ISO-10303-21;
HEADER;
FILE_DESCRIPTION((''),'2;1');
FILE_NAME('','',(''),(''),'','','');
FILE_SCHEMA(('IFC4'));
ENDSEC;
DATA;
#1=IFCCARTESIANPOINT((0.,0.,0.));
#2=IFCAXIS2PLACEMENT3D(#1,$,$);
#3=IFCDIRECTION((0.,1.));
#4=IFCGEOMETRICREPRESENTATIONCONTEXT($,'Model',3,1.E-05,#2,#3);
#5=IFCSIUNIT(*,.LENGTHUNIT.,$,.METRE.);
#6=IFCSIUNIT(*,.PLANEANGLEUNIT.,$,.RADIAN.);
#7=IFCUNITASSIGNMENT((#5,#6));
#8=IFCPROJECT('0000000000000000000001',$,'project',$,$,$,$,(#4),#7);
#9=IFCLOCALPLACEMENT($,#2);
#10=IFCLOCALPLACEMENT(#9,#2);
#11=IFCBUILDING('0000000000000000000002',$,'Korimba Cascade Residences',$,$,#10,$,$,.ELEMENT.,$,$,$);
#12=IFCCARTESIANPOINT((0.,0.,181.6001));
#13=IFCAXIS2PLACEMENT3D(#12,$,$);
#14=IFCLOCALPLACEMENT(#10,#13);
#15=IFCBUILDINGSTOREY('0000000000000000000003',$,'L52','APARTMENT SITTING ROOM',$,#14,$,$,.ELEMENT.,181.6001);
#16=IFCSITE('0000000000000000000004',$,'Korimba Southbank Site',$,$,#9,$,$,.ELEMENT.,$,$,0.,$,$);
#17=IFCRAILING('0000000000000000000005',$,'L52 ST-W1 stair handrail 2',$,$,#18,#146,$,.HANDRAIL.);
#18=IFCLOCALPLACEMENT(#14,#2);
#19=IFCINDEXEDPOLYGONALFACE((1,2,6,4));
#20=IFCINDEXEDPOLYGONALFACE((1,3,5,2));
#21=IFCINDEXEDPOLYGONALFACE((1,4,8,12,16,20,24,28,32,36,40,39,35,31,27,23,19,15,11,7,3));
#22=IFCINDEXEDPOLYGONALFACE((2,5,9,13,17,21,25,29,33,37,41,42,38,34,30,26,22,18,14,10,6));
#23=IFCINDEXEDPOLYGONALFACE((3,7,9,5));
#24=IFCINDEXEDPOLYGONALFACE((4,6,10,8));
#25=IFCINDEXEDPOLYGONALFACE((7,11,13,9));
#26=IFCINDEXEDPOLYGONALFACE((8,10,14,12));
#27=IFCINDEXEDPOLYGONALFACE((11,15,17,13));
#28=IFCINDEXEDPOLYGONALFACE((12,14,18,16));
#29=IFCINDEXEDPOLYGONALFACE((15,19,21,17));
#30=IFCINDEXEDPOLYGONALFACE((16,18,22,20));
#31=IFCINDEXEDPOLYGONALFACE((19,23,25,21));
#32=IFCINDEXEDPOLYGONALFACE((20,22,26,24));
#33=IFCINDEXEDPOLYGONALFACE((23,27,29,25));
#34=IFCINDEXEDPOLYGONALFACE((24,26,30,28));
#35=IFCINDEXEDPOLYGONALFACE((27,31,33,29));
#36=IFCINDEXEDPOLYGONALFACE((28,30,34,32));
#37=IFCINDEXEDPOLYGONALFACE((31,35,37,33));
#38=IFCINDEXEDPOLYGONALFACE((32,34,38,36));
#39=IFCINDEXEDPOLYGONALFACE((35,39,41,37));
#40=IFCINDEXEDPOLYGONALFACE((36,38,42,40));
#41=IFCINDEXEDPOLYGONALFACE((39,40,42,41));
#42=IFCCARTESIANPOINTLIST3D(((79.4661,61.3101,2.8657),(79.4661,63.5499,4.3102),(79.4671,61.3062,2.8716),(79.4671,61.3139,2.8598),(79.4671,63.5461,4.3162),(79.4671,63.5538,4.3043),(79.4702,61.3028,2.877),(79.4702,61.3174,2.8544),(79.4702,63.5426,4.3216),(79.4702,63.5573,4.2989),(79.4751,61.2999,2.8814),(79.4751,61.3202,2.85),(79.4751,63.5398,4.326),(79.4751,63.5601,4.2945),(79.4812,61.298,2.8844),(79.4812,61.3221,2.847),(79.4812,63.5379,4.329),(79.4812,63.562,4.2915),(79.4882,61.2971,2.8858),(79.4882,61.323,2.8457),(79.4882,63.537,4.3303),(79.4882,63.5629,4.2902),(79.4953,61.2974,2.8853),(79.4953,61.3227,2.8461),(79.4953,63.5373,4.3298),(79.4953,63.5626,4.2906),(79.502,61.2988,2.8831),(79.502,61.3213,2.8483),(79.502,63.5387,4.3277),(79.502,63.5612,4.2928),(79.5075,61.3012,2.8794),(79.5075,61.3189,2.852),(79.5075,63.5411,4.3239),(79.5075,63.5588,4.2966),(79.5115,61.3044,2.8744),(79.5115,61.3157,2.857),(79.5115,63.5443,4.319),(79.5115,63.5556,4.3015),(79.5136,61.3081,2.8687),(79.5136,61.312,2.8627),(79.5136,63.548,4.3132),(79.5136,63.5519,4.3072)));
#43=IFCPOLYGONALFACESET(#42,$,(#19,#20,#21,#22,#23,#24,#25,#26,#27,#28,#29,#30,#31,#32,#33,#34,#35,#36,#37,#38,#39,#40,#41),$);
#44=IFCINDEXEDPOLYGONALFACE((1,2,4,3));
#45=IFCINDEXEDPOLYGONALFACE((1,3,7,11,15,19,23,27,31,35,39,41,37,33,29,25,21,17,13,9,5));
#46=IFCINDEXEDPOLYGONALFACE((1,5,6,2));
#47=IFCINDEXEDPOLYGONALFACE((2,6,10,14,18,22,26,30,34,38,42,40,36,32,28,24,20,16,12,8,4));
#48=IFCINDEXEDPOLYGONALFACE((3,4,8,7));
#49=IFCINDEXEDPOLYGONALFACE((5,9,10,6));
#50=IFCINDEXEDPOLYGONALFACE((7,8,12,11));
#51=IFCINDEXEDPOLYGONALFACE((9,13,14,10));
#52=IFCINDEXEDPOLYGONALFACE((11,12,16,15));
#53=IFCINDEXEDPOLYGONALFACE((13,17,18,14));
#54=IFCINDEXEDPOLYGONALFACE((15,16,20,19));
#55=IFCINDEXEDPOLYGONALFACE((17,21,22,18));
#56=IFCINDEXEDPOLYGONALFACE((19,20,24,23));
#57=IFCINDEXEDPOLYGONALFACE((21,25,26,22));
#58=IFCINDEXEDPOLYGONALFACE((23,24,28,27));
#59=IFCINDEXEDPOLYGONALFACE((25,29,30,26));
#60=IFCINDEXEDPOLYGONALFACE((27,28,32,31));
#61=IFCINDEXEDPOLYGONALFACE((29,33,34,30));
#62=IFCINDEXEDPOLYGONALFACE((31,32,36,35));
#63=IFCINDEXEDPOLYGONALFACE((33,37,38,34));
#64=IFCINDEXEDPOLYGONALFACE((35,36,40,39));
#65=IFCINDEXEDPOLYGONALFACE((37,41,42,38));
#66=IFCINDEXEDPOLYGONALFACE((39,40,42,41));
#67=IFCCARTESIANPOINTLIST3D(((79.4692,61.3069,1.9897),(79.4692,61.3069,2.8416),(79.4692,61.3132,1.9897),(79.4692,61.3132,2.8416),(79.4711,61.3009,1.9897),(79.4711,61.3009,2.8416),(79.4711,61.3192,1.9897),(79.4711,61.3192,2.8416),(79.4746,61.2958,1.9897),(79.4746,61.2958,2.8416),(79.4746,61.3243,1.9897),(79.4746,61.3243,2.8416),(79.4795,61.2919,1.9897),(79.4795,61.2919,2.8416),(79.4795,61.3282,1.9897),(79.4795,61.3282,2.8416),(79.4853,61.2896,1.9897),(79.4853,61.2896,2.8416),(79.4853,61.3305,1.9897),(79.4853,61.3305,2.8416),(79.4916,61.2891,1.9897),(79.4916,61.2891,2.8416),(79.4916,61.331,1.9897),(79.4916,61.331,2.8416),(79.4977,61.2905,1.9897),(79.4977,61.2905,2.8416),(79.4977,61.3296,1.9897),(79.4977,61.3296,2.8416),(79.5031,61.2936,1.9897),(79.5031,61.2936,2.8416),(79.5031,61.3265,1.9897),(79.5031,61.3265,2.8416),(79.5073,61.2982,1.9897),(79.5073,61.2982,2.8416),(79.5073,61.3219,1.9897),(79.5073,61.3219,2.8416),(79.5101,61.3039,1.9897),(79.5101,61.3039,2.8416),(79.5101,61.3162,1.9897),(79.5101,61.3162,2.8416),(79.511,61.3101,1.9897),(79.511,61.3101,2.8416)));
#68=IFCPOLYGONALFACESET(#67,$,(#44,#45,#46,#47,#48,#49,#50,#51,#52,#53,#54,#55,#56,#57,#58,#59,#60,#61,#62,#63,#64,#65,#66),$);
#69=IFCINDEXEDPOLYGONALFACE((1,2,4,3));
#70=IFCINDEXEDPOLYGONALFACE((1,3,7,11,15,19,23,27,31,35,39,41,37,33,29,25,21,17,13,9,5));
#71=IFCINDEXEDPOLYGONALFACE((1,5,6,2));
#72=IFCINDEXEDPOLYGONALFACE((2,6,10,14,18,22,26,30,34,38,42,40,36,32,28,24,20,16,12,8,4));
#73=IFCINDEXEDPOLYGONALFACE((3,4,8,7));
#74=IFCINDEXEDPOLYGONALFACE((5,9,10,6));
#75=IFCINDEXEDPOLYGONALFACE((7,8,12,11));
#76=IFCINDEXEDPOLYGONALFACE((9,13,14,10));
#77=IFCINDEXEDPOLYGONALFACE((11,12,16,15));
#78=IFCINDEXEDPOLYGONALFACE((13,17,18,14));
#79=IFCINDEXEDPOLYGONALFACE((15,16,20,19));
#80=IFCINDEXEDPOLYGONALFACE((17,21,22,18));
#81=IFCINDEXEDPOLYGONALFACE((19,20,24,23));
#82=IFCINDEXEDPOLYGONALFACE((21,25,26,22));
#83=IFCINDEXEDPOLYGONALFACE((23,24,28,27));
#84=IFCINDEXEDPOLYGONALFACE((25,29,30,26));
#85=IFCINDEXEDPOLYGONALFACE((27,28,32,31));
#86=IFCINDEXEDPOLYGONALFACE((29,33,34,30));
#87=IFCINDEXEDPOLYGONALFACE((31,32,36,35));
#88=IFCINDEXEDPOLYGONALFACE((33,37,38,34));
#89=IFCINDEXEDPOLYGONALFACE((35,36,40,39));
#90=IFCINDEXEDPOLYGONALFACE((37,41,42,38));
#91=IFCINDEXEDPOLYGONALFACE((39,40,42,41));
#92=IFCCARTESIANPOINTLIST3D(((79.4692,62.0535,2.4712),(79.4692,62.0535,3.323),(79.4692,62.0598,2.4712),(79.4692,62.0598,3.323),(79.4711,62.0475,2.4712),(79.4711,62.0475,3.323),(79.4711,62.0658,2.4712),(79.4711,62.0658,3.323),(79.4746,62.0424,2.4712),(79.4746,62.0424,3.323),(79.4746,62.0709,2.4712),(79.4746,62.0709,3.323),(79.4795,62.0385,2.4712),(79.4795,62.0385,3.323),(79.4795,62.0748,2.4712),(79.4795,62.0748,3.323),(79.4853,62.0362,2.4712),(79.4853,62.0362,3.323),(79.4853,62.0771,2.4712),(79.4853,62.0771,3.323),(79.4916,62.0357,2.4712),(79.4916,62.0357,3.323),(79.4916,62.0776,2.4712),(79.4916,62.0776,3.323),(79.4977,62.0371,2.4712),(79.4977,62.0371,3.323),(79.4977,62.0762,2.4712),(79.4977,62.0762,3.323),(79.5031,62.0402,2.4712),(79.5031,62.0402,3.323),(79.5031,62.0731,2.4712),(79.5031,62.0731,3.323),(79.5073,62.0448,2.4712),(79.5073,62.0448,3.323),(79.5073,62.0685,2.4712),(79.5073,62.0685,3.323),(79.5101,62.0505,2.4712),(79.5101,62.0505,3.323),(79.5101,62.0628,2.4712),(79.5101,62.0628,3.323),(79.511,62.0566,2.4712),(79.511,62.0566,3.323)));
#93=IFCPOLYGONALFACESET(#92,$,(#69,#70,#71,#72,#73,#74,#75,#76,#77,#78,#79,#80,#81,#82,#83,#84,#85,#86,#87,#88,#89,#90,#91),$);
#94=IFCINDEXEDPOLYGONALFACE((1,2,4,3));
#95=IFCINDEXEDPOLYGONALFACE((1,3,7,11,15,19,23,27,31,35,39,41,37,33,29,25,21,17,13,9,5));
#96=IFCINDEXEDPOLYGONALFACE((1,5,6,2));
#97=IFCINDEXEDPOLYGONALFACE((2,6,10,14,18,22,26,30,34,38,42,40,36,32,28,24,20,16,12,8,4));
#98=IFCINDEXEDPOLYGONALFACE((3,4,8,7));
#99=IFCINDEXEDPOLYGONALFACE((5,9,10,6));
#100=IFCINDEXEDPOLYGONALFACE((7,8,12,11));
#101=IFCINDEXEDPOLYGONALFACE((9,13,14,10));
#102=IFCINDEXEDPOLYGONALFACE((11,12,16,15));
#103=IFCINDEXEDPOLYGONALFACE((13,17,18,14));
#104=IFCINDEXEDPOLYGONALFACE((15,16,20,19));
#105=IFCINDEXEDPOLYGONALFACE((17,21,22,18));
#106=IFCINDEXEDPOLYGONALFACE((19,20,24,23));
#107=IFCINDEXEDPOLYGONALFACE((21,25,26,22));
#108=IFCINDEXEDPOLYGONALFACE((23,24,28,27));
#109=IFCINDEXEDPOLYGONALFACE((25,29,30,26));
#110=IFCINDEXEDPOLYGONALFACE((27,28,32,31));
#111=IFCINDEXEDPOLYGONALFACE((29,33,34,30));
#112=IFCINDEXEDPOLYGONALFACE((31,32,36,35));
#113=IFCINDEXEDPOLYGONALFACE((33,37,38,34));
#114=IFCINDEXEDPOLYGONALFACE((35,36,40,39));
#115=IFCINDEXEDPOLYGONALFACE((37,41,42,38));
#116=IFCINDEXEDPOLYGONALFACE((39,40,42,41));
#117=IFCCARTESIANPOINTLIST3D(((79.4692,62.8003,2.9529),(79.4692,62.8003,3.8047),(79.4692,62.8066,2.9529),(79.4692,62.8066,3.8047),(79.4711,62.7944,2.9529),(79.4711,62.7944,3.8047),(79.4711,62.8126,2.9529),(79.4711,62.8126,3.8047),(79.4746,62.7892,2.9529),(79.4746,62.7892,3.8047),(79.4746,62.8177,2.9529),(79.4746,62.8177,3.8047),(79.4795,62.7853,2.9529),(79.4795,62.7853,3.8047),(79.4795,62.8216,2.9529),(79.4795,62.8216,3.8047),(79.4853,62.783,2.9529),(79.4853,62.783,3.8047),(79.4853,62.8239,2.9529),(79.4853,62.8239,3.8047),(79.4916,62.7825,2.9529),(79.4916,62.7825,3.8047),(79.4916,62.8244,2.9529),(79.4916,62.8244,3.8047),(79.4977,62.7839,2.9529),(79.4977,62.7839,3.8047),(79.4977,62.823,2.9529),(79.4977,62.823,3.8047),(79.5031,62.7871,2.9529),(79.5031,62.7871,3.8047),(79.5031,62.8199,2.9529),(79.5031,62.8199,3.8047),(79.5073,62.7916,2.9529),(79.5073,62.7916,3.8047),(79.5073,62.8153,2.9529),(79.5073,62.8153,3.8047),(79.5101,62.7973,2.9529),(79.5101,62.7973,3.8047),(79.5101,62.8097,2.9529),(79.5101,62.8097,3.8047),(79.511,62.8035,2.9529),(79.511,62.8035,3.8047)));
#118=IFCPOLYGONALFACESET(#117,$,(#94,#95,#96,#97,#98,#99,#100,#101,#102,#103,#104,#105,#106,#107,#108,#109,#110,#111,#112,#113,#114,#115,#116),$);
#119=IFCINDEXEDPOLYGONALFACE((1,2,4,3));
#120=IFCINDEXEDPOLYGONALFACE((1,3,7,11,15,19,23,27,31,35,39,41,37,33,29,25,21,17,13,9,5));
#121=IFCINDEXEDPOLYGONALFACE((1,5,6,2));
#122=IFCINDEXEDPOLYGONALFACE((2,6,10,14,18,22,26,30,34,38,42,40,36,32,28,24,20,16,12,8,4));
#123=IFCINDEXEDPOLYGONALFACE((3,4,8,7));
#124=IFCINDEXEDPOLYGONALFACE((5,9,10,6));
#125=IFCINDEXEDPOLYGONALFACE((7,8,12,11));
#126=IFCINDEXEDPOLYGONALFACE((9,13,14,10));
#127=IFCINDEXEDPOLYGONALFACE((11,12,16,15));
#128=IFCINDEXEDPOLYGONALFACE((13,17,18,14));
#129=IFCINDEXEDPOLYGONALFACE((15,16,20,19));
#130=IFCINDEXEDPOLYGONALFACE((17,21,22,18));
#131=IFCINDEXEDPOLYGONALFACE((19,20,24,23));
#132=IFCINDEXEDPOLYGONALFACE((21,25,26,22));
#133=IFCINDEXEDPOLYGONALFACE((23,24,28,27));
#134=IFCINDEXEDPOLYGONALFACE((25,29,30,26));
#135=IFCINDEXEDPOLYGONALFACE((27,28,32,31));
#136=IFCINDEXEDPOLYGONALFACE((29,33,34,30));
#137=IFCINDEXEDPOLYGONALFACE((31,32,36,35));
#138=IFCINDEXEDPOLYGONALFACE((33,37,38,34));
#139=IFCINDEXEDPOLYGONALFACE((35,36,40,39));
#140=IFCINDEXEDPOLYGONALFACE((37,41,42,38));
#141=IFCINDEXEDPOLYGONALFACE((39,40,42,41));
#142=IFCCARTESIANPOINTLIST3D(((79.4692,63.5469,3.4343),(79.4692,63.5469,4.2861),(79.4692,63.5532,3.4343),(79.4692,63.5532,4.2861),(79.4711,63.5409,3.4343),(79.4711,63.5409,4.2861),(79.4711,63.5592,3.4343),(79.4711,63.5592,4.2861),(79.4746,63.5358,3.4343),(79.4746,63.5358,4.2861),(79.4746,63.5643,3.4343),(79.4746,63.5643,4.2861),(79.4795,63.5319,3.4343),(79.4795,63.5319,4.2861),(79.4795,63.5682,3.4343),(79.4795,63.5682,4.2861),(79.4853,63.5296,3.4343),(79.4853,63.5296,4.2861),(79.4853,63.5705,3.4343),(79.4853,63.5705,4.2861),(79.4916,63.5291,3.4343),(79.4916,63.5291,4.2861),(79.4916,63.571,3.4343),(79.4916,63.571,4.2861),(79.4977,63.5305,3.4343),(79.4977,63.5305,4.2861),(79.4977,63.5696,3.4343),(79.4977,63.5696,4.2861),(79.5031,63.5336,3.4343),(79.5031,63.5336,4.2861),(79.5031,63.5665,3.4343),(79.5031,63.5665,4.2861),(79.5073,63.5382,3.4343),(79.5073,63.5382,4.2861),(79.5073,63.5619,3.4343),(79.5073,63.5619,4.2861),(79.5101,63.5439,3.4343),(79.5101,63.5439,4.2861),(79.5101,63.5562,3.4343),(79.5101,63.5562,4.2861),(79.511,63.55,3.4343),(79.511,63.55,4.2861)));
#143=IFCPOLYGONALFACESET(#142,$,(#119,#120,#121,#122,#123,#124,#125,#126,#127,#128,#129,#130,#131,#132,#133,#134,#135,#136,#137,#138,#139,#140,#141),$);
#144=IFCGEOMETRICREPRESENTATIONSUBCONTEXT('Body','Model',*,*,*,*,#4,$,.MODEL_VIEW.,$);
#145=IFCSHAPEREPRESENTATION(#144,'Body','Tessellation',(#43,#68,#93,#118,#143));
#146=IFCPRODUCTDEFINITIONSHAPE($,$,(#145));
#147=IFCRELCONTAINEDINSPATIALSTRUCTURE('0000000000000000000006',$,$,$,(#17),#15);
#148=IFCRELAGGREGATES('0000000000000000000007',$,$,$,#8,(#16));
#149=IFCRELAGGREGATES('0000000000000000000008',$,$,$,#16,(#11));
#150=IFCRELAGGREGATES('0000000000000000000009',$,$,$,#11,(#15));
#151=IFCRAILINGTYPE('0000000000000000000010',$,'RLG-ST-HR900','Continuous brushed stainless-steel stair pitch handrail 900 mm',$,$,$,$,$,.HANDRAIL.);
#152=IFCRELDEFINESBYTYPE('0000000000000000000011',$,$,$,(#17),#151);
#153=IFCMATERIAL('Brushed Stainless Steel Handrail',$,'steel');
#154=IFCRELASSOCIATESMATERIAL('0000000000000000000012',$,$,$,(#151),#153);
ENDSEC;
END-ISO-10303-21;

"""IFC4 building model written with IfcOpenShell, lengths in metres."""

from ifc_helpers import new_model, si_unit, direction, frame, origin, origin_2d, place, context, subcontext, project, spatial, circle, extrude, material, type_object, element, save


model = new_model("IFC4")

# Units and contexts
model_context = context("Model", 3, precision=1e-05, world=origin(), true_north=direction((0.0, 1.0)))
body_context = subcontext(model_context, "Body", "Model", "MODEL_VIEW")
ifc_project = project(units=[si_unit("LENGTHUNIT", "METRE"), si_unit("PLANEANGLEUNIT", "RADIAN")], contexts=[model_context])

# Site, building, storey
site_placement = place(None, origin())
site = spatial("IfcSite", under=ifc_project, at=site_placement, Name="Korimba Southbank Site", CompositionType="ELEMENT", RefElevation=0.0)
building_placement = place(site_placement, origin())
building = spatial("IfcBuilding", under=site, at=building_placement, Name="Korimba Cascade Residences", CompositionType="ELEMENT")
storey_placement = place(building_placement, frame((0.0, 0.0, 181.6001)))
storey = spatial("IfcBuildingStorey", under=building, at=storey_placement, Name="L52", Description="APARTMENT SITTING ROOM", CompositionType="ELEMENT", Elevation=181.6001)

# Railing
ifc_material_1 = material(Name="Brushed Stainless Steel Handrail", Category="steel")
railing_type_1 = type_object("IfcRailingType", Name="RLG-ST-HR900", Description="Continuous brushed stainless-steel stair pitch handrail 900 mm", PredefinedType="HANDRAIL", material=ifc_material_1)
railing_1_placement = place(storey_placement, frame((79.49, 61.3101, 1.9897)))
element("IfcRailing", 1, at=railing_1_placement, inside=storey, type_object=railing_type_1, Name="L52 ST-W1 stair handrail 2", PredefinedType="HANDRAIL", context=body_context, shape_type="SweptSolid", body=[
    extrude(circle(Radius=0.0239, at=origin_2d()), frame((0.0, 0.0, 0.876), z_axis=(0.0, 0.840395, 0.541975), x_axis=(-1.0, 0.0, 0.0)), (0.0, 0.0, 1.0), 2.6653),
    extrude(circle(Radius=0.021, at=origin_2d()), origin(), (0.0, 0.0, 1.0), 0.8518),
    extrude(circle(Radius=0.021, at=origin_2d()), frame((0.0, 0.7466, 0.4814)), (0.0, 0.0, 1.0), 0.8518),
    extrude(circle(Radius=0.021, at=origin_2d()), frame((0.0, 1.4934, 0.9631)), (0.0, 0.0, 1.0), 0.8518),
    extrude(circle(Radius=0.021, at=origin_2d()), frame((0.0, 2.24, 1.4446)), (0.0, 0.0, 1.0), 0.8518),
])

save(model, "model.ifc")
